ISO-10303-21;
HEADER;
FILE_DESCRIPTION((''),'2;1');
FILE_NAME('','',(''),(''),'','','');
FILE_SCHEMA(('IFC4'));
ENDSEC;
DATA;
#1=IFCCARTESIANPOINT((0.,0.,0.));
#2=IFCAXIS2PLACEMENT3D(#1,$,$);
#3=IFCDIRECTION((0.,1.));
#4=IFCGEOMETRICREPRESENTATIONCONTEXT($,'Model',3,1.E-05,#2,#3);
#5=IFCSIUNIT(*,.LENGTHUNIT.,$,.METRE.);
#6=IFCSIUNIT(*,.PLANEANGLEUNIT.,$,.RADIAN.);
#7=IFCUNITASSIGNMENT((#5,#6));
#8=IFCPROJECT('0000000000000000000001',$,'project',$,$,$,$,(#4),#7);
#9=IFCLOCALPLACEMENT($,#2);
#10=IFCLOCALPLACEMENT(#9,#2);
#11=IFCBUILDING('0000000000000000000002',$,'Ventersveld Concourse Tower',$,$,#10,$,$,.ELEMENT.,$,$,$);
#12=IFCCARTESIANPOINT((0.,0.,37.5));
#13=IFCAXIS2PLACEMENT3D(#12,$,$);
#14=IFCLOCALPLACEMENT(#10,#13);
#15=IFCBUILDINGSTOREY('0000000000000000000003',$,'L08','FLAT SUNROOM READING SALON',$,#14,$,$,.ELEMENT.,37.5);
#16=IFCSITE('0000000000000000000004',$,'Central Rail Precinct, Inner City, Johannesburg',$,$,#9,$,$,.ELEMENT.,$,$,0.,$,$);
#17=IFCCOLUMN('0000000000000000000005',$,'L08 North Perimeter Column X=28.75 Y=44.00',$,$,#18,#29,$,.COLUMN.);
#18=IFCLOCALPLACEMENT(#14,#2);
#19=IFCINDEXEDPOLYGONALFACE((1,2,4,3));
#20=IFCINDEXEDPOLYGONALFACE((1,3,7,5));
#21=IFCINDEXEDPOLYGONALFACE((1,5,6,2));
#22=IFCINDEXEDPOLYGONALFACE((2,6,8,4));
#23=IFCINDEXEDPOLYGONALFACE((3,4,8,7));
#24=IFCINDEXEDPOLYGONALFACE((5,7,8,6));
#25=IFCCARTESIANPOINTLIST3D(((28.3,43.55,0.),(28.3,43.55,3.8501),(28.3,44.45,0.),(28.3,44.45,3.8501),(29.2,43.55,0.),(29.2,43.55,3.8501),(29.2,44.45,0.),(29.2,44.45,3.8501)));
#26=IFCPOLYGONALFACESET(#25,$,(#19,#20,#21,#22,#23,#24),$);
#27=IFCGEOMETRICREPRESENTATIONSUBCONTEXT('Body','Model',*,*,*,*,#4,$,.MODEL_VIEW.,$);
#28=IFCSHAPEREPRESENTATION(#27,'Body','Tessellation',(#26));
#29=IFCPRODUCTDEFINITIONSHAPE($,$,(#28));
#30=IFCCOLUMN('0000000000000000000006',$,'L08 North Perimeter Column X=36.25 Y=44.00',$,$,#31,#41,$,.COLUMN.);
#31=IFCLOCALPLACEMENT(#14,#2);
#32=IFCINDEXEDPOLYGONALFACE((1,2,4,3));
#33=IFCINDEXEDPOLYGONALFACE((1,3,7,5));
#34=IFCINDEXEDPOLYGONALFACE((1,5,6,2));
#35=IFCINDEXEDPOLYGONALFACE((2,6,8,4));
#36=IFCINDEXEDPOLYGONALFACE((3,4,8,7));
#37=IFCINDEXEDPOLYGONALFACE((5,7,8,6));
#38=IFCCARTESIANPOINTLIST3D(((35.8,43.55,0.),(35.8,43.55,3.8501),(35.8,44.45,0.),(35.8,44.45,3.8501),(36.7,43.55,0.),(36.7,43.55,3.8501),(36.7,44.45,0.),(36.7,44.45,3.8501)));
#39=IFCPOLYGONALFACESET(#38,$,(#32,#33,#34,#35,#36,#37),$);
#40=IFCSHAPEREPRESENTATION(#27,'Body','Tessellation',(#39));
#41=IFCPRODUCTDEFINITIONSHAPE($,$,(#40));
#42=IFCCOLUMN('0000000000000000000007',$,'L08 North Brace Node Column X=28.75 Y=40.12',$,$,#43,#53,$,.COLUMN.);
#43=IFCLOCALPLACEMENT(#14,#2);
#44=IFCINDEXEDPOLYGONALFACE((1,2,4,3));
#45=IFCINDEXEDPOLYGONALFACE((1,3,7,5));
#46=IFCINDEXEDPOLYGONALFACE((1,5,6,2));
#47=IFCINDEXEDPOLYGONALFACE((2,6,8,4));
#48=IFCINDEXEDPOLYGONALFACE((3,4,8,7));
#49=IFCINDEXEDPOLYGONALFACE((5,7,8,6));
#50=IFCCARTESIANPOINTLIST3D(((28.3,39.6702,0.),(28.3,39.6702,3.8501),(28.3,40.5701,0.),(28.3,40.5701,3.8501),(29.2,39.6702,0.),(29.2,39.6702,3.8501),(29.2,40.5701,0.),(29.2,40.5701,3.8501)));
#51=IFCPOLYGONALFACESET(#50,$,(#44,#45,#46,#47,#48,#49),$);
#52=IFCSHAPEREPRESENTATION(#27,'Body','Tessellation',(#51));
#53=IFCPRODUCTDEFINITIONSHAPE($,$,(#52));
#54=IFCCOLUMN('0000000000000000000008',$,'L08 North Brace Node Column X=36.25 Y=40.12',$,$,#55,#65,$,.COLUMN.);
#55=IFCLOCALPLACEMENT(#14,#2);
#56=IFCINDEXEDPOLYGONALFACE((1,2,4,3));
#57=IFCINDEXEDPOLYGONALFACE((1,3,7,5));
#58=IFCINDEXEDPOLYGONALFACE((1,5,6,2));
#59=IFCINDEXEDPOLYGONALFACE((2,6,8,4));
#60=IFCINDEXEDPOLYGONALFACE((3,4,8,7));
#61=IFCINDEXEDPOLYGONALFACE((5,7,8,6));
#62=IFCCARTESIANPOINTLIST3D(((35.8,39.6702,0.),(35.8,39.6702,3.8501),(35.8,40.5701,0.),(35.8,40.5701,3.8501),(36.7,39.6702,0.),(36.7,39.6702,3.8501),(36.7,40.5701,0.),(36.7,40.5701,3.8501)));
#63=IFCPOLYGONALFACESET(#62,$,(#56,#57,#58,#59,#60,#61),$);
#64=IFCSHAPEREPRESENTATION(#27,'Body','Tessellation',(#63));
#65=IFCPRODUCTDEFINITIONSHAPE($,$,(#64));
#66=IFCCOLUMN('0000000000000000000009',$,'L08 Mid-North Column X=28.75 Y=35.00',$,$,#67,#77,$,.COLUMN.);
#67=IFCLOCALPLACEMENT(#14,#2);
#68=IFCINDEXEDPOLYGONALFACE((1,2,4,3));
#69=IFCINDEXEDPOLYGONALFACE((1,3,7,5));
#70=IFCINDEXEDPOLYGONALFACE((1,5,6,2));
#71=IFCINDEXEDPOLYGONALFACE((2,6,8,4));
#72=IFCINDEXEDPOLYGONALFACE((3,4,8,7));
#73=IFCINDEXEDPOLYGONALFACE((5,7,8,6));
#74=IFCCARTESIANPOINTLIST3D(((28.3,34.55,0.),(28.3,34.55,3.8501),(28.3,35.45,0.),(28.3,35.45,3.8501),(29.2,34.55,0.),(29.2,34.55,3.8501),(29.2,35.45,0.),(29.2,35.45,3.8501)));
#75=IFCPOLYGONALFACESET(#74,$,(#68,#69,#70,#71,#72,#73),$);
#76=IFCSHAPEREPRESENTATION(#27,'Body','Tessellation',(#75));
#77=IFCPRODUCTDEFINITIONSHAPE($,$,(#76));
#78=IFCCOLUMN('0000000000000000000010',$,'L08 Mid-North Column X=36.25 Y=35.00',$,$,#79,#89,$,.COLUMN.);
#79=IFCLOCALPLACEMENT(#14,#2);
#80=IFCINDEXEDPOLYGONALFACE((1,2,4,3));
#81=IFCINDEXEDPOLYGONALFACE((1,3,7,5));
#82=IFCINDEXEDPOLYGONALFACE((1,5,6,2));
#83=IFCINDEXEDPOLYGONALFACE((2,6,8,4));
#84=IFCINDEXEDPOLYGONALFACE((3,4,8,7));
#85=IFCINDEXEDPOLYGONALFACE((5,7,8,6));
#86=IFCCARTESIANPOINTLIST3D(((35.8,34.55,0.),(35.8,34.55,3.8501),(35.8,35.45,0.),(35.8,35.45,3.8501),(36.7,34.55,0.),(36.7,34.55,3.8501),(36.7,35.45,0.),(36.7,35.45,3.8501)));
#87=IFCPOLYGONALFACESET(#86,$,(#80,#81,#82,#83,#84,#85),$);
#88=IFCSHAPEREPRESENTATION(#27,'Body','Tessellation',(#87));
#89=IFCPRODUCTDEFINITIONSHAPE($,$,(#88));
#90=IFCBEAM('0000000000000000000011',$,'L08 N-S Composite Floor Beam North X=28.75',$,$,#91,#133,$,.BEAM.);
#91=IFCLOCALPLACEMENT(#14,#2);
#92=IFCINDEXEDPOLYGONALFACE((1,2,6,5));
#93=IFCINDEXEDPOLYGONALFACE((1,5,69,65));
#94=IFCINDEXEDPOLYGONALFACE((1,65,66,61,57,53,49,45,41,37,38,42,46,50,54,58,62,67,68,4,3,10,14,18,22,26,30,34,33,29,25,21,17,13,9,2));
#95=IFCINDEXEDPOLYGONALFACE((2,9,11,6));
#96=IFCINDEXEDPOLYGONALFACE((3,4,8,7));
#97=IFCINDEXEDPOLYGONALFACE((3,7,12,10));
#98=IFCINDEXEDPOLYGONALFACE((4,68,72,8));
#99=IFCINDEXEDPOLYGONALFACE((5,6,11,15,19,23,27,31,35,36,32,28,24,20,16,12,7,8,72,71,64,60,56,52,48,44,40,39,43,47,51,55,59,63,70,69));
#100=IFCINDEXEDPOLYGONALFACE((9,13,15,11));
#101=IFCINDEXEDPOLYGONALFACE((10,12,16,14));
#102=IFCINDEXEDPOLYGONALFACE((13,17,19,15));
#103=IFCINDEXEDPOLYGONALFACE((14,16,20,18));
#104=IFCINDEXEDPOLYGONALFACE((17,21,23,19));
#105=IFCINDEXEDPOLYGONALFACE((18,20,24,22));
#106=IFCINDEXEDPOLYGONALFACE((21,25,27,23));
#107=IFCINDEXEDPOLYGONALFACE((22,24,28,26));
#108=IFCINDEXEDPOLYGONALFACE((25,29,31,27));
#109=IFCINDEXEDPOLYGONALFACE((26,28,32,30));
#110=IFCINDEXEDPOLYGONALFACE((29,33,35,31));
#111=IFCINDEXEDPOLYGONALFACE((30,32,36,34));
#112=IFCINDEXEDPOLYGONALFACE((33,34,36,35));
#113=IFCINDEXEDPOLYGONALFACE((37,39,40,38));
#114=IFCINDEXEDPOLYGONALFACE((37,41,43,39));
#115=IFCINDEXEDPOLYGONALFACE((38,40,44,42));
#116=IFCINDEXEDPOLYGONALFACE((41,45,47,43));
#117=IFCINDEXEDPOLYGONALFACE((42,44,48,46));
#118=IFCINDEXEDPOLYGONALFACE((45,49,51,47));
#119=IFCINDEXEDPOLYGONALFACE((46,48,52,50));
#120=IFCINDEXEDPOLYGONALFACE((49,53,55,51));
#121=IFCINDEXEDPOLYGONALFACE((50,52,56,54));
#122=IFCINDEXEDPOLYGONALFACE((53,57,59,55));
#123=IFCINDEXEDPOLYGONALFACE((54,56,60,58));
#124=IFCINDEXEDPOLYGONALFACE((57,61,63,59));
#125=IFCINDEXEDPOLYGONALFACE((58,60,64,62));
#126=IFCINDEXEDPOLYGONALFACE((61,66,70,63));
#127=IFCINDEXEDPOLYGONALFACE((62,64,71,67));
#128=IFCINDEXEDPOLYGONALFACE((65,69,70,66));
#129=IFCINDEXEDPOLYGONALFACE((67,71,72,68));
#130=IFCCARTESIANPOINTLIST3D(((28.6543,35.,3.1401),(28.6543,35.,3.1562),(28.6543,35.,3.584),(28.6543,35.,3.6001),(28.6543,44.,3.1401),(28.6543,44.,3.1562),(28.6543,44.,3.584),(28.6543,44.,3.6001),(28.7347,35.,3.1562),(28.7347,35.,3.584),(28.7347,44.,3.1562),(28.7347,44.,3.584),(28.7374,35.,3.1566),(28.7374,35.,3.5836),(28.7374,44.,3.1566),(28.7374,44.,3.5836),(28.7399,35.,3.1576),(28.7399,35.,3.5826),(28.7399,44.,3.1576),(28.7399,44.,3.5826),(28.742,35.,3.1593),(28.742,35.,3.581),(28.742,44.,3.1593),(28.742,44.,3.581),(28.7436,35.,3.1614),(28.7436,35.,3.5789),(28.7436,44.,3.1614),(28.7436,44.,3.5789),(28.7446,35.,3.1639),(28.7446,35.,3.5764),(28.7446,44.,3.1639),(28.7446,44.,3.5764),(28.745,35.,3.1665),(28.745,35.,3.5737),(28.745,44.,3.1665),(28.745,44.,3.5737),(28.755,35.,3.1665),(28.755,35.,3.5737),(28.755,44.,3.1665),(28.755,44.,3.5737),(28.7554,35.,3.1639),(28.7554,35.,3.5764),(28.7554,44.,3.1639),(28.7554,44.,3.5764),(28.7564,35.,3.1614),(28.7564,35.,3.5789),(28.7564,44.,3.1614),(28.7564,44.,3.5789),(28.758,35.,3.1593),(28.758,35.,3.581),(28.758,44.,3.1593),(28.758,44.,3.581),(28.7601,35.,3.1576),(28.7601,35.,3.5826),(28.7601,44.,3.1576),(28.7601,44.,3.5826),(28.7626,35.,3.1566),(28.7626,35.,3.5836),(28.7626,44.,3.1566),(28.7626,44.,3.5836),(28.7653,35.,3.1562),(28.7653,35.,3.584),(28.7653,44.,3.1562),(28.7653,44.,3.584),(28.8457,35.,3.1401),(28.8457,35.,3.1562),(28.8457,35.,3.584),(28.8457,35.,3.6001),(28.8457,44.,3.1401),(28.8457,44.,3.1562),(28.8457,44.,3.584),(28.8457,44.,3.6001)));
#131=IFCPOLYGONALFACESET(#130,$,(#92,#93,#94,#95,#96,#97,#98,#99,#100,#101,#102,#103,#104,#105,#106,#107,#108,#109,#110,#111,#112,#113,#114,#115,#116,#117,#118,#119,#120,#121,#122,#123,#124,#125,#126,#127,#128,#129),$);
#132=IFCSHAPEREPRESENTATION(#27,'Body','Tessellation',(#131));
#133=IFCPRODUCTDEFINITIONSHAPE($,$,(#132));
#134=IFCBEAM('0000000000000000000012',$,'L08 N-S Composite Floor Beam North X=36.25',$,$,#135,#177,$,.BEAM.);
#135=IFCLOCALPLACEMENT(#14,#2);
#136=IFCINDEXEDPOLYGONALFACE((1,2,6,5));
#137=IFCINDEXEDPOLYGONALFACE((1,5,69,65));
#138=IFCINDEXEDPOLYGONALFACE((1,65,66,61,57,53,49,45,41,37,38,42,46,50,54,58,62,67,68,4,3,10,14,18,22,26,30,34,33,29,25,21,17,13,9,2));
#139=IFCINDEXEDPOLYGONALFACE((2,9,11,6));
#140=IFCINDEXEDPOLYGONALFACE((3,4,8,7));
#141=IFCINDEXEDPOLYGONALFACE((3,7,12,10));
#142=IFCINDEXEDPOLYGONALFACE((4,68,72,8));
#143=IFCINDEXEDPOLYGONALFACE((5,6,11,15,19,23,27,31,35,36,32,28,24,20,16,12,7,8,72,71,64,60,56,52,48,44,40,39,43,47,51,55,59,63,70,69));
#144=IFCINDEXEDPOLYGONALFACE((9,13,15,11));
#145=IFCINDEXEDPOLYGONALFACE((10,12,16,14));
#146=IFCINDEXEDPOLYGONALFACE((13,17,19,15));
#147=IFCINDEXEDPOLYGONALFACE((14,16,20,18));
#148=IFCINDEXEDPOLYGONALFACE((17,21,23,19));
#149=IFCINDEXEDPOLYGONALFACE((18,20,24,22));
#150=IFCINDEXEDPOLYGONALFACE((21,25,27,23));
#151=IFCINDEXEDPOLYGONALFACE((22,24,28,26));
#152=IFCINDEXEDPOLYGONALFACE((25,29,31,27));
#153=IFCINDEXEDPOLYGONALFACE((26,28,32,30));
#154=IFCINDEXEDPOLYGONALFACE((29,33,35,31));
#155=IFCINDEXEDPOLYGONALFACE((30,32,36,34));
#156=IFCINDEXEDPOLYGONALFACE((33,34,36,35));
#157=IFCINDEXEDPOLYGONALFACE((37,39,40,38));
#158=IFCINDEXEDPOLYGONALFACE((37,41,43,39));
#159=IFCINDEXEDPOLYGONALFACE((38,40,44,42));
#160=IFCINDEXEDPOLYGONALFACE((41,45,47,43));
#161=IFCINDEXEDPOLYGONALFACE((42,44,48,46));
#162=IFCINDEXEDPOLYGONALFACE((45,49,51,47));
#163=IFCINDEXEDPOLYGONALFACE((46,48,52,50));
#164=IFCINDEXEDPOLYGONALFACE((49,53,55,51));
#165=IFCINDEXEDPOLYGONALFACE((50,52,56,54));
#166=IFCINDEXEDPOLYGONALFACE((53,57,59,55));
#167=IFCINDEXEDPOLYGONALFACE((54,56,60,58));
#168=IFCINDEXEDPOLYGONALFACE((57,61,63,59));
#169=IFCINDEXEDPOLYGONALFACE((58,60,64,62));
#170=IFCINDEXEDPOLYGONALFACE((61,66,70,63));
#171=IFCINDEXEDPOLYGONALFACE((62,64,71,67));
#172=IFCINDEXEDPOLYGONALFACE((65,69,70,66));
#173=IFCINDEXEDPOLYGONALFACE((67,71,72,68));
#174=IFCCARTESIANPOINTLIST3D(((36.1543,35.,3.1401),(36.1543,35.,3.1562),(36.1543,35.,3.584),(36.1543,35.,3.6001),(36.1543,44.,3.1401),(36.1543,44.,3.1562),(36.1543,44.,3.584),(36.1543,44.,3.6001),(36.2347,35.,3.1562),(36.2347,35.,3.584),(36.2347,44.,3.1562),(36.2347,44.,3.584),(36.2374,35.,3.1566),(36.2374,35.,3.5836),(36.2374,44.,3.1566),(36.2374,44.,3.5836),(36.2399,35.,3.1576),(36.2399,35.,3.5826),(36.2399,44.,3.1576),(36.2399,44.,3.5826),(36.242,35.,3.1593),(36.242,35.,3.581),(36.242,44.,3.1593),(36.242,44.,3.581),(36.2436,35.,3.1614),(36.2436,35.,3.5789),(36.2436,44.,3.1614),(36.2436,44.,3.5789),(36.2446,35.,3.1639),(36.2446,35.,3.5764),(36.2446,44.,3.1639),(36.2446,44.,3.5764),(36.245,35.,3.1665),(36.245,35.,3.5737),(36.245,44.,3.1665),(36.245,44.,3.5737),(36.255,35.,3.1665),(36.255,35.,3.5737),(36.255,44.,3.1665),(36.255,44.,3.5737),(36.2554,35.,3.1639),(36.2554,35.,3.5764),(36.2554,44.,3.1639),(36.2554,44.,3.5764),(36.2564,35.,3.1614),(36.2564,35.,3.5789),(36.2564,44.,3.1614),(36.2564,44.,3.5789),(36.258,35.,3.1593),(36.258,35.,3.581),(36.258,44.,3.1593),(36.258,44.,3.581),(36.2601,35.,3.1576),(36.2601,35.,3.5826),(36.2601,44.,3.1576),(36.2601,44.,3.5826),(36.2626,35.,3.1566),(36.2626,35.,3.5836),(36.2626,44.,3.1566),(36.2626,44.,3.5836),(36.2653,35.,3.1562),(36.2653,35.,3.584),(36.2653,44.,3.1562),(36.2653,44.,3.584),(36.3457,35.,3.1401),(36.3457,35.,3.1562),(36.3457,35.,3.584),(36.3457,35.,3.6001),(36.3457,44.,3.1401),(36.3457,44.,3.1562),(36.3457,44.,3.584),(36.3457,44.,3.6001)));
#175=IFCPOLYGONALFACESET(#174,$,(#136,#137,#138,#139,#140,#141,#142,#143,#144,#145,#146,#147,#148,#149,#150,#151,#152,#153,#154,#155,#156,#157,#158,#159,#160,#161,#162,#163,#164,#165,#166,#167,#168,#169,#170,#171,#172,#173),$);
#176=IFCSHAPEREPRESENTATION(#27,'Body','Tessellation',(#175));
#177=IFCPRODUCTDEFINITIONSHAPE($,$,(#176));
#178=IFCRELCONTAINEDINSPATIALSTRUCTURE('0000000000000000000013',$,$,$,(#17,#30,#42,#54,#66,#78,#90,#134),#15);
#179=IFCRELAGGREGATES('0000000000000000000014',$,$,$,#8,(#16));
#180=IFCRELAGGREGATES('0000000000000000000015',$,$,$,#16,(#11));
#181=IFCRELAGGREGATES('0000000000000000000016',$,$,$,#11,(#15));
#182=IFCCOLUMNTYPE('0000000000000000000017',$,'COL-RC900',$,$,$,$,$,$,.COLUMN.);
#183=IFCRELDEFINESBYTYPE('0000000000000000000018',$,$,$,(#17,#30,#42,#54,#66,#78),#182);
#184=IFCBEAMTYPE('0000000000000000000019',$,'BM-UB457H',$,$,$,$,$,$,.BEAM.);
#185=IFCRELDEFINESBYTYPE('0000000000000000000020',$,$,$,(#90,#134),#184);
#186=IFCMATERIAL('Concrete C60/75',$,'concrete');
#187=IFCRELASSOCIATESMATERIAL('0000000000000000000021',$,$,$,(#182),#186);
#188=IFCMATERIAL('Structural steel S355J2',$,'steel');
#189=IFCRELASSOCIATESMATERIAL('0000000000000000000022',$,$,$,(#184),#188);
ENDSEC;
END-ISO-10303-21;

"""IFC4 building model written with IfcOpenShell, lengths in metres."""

from ifc_helpers import new_model, si_unit, direction, frame, origin, origin_2d, place, context, subcontext, project, spatial, rectangle, i_section, extrude, material, material_profile, profile_set, type_object, element, save


model = new_model("IFC4")

# Units and contexts
model_context = context("Model", 3, precision=1e-05, world=origin(), true_north=direction((0.0, 1.0)))
body_context = subcontext(model_context, "Body", "Model", "MODEL_VIEW")
ifc_project = project(units=[si_unit("LENGTHUNIT", "METRE"), si_unit("PLANEANGLEUNIT", "RADIAN")], contexts=[model_context])

# Site, building, storey
site_placement = place(None, origin())
site = spatial("IfcSite", under=ifc_project, at=site_placement, Name="Central Rail Precinct, Inner City, Johannesburg", CompositionType="ELEMENT", RefElevation=0.0)
building_placement = place(site_placement, origin())
building = spatial("IfcBuilding", under=site, at=building_placement, Name="Ventersveld Concourse Tower", CompositionType="ELEMENT")
storey_placement = place(building_placement, frame((0.0, 0.0, 37.5)))
storey = spatial("IfcBuildingStorey", under=building, at=storey_placement, Name="L08", Description="FLAT SUNROOM READING SALON", CompositionType="ELEMENT", Elevation=37.5)

# Columns
ifc_material_1 = material(Name="Concrete C60/75", Category="concrete")
ifc_material_profile_1 = material_profile(ifc_material_1, rectangle(XDim=0.8999, YDim=0.8999, at=origin_2d()), Name="RC 900x900")
ifc_profile_set_1 = profile_set([ifc_material_profile_1], Name="Concrete C60/75")
column_type = type_object("IfcColumnType", Name="COL-RC900", PredefinedType="COLUMN", material=ifc_profile_set_1)
for number, where, z_axis, x_axis, name in (
    (1, (28.75, 44.0, 0.0), (0.0, 0.0, 1.0), (1.0, 0.0, 0.0), "L08 North Perimeter Column X=28.75 Y=44.00"),
    (2, (36.25, 44.0, 0.0), (0.0, 0.0, 1.0), (1.0, 0.0, 0.0), "L08 North Perimeter Column X=36.25 Y=44.00"),
    (3, (28.75, 40.1201, 0.0), (0.0, 0.0, 1.0), (1.0, 0.0, 0.0), "L08 North Brace Node Column X=28.75 Y=40.12"),
    (4, (36.25, 40.1201, 0.0), (0.0, 0.0, 1.0), (1.0, 0.0, 0.0), "L08 North Brace Node Column X=36.25 Y=40.12"),
    (5, (28.75, 35.0, 0.0), (0.0, 0.0, 1.0), (1.0, 0.0, 0.0), "L08 Mid-North Column X=28.75 Y=35.00"),
    (6, (36.25, 35.0, 0.0), (0.0, 0.0, 1.0), (1.0, 0.0, 0.0), "L08 Mid-North Column X=36.25 Y=35.00"),
):
    element("IfcColumn", number, at=place(storey_placement, frame(where, z_axis=z_axis, x_axis=x_axis)), inside=storey, type_object=column_type, Name=name, PredefinedType="COLUMN", context=body_context, shape_type="SweptSolid", body=[
        extrude(rectangle(XDim=0.8999, YDim=0.8999, at=origin_2d()), origin(), (0.0, 0.0, 1.0), 3.8501),
    ])

# Beams
ifc_material_2 = material(Name="Structural steel S355J2", Category="steel")
ifc_material_profile_2 = material_profile(ifc_material_2, i_section(OverallWidth=0.1914, OverallDepth=0.46, WebThickness=0.01, FlangeThickness=0.0161, FilletRadius=0.0103, at=origin_2d()), Name="UB 457x191x82")
ifc_profile_set_2 = profile_set([ifc_material_profile_2], Name="Structural steel S355J2")
beam_type_1 = type_object("IfcBeamType", Name="BM-UB457H", PredefinedType="BEAM", material=ifc_profile_set_2)
for number, where, z_axis, x_axis, name in (
    (7, (28.75, 35.0, 3.3701), (0.0, 1.0, 0.0), (-1.0, 0.0, 0.0), "L08 N-S Composite Floor Beam North X=28.75"),
    (8, (36.25, 35.0, 3.3701), (0.0, 1.0, 0.0), (-1.0, 0.0, 0.0), "L08 N-S Composite Floor Beam North X=36.25"),
):
    element("IfcBeam", number, at=place(storey_placement, frame(where, z_axis=z_axis, x_axis=x_axis)), inside=storey, type_object=beam_type_1, Name=name, PredefinedType="BEAM", context=body_context, shape_type="SweptSolid", body=[
        extrude(i_section(OverallWidth=0.1914, OverallDepth=0.46, WebThickness=0.01, FlangeThickness=0.0161, FilletRadius=0.0103, at=origin_2d()), origin(), (0.0, 0.0, 1.0), 9.0),
    ])

save(model, "model.ifc")
